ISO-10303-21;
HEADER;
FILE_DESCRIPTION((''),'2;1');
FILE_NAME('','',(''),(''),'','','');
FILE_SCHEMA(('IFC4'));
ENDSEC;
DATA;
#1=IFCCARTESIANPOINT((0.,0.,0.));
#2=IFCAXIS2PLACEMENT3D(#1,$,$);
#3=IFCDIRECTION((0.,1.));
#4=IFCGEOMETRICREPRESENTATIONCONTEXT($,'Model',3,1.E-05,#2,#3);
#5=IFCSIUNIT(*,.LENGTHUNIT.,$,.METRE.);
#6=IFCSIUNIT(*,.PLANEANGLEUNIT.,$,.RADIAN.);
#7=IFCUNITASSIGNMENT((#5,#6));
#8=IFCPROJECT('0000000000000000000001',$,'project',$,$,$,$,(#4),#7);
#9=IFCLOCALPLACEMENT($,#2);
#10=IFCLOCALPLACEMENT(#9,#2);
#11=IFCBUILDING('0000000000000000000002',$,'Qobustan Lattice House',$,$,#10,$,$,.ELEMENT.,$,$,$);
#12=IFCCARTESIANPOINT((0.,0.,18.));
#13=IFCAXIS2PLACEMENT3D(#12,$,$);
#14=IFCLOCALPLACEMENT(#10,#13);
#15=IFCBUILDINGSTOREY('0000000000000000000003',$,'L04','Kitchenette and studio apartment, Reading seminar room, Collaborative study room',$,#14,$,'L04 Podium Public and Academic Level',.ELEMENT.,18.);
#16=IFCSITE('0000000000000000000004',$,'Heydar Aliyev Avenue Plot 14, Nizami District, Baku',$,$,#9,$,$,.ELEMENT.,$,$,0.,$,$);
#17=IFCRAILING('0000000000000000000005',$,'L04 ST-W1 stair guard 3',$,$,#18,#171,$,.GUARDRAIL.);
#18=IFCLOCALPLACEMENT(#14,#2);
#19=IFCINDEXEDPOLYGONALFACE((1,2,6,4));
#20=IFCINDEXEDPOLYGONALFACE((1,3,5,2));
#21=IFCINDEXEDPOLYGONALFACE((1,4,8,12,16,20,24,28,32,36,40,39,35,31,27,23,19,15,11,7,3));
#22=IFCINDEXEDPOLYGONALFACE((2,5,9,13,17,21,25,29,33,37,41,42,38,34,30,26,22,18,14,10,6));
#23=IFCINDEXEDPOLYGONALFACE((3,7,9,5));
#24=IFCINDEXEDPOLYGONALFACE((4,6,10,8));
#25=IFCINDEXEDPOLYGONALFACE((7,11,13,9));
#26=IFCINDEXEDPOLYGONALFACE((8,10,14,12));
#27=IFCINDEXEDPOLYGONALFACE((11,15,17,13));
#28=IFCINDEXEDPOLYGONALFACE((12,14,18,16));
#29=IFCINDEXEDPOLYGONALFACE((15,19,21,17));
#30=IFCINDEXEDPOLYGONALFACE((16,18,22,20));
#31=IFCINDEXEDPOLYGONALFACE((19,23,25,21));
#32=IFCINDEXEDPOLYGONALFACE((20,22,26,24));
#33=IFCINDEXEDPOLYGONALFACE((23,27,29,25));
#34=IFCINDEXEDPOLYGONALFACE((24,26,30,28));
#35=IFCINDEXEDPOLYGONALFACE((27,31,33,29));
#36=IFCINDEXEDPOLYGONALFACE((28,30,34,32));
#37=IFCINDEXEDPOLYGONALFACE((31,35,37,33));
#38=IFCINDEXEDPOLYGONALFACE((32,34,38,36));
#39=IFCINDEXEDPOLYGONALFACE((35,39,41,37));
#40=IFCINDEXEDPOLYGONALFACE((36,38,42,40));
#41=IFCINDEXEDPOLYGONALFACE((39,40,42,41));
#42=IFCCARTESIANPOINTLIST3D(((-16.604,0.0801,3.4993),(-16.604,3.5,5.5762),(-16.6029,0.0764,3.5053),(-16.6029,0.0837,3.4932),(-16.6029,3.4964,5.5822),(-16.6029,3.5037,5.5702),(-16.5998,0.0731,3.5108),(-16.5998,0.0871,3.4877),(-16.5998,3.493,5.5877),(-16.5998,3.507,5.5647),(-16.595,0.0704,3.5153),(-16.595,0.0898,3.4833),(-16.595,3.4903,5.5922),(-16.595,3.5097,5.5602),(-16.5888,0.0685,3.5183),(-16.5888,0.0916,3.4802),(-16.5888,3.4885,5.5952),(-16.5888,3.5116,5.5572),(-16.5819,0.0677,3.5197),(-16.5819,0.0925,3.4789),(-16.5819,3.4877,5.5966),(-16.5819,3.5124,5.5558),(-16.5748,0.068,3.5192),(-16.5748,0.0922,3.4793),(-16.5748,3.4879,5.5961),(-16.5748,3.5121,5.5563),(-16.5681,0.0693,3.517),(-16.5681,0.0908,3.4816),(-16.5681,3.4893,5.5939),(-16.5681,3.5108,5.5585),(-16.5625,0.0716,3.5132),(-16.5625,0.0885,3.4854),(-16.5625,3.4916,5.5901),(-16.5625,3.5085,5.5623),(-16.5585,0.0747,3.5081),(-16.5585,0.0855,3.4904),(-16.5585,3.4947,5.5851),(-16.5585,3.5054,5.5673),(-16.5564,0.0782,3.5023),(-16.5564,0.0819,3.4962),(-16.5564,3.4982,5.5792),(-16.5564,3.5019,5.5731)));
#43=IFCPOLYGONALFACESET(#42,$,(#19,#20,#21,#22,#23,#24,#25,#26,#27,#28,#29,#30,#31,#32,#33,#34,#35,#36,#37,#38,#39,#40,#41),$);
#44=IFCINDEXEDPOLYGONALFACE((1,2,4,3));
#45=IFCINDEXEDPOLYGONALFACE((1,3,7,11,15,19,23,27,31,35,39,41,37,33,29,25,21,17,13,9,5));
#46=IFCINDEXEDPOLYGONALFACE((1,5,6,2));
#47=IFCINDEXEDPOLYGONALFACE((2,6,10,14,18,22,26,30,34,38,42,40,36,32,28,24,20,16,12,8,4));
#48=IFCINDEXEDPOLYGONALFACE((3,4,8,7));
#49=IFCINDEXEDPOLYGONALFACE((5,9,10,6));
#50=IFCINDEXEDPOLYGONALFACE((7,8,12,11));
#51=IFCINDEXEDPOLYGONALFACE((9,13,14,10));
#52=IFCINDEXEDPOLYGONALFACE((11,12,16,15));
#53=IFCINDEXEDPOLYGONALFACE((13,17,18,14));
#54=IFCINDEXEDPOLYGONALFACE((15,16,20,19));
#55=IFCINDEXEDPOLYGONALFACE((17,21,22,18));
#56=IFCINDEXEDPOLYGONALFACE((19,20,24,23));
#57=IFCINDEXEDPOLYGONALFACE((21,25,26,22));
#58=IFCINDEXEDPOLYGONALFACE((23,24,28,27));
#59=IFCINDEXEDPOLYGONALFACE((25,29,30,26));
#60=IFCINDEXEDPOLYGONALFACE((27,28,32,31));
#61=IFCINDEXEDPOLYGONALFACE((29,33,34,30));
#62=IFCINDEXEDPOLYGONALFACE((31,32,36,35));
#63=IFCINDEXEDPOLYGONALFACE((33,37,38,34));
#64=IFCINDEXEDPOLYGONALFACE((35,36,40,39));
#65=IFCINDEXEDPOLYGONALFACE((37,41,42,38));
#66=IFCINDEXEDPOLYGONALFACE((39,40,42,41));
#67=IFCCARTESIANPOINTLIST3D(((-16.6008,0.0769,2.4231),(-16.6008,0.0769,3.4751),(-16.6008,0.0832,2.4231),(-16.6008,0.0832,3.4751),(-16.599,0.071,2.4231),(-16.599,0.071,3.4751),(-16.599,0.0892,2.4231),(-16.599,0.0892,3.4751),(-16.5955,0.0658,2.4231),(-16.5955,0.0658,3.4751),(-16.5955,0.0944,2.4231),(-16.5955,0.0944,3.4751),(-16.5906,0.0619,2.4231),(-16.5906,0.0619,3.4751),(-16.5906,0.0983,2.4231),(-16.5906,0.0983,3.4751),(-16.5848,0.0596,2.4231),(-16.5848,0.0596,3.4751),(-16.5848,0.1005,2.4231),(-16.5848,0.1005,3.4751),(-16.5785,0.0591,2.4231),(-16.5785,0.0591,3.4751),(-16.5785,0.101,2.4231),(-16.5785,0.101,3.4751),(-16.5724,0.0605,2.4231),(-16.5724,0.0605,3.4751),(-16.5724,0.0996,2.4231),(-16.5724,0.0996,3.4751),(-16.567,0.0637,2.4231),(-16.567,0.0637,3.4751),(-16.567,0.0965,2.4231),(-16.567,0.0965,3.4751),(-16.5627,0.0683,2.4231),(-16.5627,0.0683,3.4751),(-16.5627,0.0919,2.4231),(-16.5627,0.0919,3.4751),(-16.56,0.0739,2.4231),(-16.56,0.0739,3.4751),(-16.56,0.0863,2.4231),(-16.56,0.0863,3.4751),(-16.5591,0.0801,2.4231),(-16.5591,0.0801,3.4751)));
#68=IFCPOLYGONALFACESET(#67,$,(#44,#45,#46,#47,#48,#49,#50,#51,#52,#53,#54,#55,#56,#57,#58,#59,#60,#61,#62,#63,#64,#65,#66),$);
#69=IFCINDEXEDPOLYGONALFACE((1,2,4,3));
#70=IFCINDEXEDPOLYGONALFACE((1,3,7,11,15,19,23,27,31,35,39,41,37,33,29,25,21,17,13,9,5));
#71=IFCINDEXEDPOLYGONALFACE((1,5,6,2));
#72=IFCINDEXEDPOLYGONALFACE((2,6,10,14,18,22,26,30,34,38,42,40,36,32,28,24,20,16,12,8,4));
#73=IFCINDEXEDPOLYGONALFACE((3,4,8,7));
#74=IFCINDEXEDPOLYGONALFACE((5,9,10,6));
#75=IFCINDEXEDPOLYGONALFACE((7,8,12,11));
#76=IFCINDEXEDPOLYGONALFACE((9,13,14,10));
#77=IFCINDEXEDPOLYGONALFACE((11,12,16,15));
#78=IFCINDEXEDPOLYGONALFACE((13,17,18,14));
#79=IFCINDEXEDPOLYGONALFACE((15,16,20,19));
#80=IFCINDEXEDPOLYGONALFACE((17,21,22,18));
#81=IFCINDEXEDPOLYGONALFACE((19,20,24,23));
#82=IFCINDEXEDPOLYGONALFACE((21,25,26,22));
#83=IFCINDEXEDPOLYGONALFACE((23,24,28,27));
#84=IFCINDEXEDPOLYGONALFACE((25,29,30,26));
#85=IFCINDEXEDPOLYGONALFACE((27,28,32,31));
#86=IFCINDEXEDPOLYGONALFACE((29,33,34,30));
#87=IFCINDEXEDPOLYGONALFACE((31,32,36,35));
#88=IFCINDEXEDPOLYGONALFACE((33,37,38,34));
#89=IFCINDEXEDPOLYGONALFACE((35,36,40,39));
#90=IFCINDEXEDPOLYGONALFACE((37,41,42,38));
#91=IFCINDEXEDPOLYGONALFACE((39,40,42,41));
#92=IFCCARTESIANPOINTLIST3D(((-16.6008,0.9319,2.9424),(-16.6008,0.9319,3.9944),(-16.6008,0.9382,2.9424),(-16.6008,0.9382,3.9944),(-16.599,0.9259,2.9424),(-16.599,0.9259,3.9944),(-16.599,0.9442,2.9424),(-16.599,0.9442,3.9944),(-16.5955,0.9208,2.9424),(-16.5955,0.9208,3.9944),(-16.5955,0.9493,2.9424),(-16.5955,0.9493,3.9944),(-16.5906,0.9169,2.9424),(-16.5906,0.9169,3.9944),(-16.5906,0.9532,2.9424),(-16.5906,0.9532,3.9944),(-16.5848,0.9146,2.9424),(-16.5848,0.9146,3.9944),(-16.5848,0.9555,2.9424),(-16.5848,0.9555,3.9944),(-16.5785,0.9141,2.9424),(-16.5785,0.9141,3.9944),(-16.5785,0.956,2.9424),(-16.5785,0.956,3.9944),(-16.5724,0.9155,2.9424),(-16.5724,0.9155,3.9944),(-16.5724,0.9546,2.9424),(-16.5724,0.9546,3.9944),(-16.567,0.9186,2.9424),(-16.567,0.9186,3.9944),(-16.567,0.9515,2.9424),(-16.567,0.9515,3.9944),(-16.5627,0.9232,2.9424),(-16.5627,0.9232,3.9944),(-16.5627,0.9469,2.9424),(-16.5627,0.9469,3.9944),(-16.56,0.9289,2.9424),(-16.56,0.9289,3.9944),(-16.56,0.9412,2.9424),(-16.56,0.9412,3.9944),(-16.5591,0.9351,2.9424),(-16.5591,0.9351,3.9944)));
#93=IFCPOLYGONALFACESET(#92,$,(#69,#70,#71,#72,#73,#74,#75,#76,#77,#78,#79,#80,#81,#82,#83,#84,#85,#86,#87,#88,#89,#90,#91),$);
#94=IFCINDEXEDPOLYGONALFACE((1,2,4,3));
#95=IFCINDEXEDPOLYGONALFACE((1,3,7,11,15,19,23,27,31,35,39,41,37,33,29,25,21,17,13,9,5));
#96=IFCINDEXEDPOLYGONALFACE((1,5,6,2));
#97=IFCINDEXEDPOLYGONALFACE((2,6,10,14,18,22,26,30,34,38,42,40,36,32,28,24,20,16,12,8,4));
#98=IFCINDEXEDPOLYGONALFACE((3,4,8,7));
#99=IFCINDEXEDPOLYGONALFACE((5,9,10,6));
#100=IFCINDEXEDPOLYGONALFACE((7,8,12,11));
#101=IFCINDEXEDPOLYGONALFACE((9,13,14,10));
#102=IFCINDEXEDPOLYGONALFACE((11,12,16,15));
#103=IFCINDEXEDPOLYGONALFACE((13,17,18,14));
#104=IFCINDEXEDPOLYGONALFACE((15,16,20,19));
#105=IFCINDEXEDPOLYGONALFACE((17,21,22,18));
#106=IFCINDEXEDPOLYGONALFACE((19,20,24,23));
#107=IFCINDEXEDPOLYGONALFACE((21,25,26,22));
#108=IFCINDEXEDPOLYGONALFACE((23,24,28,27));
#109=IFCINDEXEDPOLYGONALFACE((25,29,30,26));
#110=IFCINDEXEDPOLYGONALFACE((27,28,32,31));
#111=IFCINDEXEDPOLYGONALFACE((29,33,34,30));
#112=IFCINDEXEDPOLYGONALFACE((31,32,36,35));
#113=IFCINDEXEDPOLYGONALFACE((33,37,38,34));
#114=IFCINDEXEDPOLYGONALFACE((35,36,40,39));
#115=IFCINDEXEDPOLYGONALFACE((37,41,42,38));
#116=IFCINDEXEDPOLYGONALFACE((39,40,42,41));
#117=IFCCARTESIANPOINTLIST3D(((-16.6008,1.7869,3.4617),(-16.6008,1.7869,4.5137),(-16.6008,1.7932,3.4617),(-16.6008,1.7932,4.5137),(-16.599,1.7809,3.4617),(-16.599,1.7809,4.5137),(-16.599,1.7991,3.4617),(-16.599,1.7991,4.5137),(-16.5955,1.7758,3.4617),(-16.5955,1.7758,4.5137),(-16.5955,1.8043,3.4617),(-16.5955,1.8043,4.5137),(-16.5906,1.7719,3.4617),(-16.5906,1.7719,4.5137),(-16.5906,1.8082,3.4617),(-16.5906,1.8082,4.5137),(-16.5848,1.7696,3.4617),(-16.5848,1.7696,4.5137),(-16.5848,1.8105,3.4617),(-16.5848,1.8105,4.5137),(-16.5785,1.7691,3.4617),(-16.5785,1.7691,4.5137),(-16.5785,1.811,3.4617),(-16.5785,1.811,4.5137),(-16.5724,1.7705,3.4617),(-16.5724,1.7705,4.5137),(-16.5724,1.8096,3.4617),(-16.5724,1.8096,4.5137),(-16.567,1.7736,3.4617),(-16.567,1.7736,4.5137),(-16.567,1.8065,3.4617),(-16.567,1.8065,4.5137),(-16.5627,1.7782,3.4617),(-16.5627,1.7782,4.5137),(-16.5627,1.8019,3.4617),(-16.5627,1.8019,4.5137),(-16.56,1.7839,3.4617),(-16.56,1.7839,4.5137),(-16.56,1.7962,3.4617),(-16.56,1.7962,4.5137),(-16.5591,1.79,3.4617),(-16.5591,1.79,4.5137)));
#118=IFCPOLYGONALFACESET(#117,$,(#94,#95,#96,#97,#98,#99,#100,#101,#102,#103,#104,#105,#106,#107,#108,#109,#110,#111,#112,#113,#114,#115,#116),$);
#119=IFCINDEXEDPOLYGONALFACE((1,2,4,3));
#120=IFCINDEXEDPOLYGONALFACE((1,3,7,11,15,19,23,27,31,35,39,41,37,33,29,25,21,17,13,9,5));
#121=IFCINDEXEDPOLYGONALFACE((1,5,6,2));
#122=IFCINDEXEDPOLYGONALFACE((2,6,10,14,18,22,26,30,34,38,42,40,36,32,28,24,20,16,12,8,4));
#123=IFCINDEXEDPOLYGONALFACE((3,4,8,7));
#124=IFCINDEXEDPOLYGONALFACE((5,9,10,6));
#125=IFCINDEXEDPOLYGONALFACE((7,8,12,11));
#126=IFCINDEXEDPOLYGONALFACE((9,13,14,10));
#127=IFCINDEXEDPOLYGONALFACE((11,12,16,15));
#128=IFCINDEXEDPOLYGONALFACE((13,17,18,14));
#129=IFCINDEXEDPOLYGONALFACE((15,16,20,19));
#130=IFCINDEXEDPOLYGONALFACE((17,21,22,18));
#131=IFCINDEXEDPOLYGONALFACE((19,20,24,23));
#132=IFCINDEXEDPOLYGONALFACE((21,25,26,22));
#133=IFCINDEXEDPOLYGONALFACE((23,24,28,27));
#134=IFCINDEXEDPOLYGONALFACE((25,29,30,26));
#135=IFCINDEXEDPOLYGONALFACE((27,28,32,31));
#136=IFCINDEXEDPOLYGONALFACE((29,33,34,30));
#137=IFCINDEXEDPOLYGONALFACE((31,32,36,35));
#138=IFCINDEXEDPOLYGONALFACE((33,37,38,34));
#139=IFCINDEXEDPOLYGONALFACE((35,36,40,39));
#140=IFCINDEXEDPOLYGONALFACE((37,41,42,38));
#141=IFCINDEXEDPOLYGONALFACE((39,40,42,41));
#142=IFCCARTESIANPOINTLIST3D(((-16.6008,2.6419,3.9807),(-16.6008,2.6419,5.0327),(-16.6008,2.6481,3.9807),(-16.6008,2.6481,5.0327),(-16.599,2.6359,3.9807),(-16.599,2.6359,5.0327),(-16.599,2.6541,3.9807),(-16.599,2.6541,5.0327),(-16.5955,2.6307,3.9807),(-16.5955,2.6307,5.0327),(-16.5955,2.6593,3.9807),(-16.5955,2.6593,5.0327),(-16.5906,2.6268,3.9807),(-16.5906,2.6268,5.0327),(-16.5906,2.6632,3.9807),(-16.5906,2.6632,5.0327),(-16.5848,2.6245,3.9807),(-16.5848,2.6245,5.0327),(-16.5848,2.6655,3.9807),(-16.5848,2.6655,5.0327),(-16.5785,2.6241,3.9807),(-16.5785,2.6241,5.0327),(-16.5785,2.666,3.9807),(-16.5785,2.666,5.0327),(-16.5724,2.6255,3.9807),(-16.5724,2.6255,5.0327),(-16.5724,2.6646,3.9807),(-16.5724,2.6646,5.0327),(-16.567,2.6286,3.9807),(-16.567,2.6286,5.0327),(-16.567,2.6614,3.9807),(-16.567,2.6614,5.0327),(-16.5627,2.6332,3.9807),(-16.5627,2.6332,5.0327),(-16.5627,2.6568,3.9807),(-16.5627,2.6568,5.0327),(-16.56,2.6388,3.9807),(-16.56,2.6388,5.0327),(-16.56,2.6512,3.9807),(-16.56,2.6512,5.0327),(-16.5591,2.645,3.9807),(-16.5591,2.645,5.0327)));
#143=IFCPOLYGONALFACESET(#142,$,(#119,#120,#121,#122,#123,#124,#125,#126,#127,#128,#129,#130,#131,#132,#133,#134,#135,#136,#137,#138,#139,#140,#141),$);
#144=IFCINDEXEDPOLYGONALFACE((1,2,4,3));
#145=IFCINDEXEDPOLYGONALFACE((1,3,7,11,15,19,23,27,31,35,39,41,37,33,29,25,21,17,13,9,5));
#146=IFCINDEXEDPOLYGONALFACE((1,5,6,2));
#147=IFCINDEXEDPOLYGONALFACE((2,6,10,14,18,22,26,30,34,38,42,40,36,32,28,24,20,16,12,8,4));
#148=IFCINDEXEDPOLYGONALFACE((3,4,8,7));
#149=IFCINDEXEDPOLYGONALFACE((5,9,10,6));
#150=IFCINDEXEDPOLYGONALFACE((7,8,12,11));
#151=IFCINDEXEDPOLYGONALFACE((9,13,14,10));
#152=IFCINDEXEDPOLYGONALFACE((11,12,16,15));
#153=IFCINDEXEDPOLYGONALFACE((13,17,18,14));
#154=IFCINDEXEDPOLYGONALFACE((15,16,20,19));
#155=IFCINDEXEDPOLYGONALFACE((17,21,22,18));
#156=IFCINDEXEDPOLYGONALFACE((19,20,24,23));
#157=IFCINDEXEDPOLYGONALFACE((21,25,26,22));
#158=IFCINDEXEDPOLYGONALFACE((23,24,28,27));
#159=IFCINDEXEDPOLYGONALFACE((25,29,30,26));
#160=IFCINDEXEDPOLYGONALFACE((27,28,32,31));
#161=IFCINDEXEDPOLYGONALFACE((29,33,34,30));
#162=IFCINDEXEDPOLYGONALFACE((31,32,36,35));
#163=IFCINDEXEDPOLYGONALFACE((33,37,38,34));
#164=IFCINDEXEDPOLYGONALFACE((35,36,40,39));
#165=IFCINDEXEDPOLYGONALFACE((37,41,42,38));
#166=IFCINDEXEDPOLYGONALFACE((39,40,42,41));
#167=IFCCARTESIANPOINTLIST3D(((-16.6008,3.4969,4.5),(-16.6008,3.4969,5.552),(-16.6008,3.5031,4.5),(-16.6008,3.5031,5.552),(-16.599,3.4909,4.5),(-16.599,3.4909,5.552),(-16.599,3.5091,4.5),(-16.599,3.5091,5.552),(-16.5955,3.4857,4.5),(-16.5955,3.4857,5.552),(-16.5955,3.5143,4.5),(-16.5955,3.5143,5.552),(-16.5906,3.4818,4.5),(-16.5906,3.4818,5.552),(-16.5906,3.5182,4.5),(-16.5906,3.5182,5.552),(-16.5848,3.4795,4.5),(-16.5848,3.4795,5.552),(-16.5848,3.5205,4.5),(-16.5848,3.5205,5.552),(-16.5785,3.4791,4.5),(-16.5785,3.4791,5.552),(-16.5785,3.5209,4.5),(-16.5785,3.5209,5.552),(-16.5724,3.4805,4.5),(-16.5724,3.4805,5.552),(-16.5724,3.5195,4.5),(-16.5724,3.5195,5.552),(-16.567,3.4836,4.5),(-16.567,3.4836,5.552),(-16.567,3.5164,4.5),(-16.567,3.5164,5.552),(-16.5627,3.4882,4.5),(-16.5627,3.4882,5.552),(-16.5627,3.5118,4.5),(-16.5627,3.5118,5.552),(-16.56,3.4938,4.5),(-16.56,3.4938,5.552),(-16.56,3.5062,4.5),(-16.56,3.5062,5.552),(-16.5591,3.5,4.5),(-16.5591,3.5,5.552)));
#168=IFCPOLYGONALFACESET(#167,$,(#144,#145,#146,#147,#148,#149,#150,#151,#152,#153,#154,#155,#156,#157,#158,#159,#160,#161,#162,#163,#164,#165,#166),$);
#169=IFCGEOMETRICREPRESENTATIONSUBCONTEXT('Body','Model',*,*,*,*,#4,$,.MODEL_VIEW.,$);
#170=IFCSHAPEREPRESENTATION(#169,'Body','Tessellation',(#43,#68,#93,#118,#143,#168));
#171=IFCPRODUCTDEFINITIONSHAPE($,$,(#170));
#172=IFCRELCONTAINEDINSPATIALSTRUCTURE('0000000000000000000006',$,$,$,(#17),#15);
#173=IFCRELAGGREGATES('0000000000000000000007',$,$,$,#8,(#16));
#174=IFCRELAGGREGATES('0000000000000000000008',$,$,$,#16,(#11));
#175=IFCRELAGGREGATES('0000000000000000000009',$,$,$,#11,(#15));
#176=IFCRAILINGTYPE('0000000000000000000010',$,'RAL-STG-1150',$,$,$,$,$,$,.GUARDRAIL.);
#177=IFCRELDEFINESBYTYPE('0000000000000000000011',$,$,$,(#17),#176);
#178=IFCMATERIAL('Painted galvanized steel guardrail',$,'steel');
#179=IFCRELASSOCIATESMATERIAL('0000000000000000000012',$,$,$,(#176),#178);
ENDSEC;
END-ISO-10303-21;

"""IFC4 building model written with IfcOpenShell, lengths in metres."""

from ifc_helpers import new_model, si_unit, direction, frame, origin, origin_2d, place, context, subcontext, project, spatial, circle, extrude, material, type_object, element, save


model = new_model("IFC4")

# Units and contexts
model_context = context("Model", 3, precision=1e-05, world=origin(), true_north=direction((0.0, 1.0)))
body_context = subcontext(model_context, "Body", "Model", "MODEL_VIEW")
ifc_project = project(units=[si_unit("LENGTHUNIT", "METRE"), si_unit("PLANEANGLEUNIT", "RADIAN")], contexts=[model_context])

# Site, building, storey
site_placement = place(None, origin())
site = spatial("IfcSite", under=ifc_project, at=site_placement, Name="Heydar Aliyev Avenue Plot 14, Nizami District, Baku", CompositionType="ELEMENT", RefElevation=0.0)
building_placement = place(site_placement, origin())
building = spatial("IfcBuilding", under=site, at=building_placement, Name="Qobustan Lattice House", CompositionType="ELEMENT")
storey_placement = place(building_placement, frame((0.0, 0.0, 18.0)))
storey = spatial("IfcBuildingStorey", under=building, at=storey_placement, Name="L04", Description="Kitchenette and studio apartment, Reading seminar room, Collaborative study room", LongName="L04 Podium Public and Academic Level", CompositionType="ELEMENT", Elevation=18.0)

# Railing
ifc_material_1 = material(Name="Painted galvanized steel guardrail", Category="steel")
railing_type_1 = type_object("IfcRailingType", Name="RAL-STG-1150", PredefinedType="GUARDRAIL", material=ifc_material_1)
railing_1_placement = place(storey_placement, frame((-16.5801, 0.0801, 2.4231)))
element("IfcRailing", 1, at=railing_1_placement, inside=storey, type_object=railing_type_1, Name="L04 ST-W1 stair guard 3", PredefinedType="GUARDRAIL", context=body_context, shape_type="SweptSolid", body=[
    extrude(circle(Radius=0.0239, at=origin_2d()), frame((0.0, 0.0, 1.0762), z_axis=(0.0, 0.85473, 0.519074), x_axis=(-1.0, 0.0, 0.0)), (0.0, 0.0, 1.0), 4.0012),
    extrude(circle(Radius=0.021, at=origin_2d()), origin(), (0.0, 0.0, 1.0), 1.052),
    extrude(circle(Radius=0.021, at=origin_2d()), frame((0.0, 0.855, 0.5193)), (0.0, 0.0, 1.0), 1.052),
    extrude(circle(Radius=0.021, at=origin_2d()), frame((0.0, 1.71, 1.0386)), (0.0, 0.0, 1.0), 1.052),
    extrude(circle(Radius=0.021, at=origin_2d()), frame((0.0, 2.5649, 1.5576)), (0.0, 0.0, 1.0), 1.052),
    extrude(circle(Radius=0.021, at=origin_2d()), frame((0.0, 3.4199, 2.0769)), (0.0, 0.0, 1.0), 1.052),
])

save(model, "model.ifc")
